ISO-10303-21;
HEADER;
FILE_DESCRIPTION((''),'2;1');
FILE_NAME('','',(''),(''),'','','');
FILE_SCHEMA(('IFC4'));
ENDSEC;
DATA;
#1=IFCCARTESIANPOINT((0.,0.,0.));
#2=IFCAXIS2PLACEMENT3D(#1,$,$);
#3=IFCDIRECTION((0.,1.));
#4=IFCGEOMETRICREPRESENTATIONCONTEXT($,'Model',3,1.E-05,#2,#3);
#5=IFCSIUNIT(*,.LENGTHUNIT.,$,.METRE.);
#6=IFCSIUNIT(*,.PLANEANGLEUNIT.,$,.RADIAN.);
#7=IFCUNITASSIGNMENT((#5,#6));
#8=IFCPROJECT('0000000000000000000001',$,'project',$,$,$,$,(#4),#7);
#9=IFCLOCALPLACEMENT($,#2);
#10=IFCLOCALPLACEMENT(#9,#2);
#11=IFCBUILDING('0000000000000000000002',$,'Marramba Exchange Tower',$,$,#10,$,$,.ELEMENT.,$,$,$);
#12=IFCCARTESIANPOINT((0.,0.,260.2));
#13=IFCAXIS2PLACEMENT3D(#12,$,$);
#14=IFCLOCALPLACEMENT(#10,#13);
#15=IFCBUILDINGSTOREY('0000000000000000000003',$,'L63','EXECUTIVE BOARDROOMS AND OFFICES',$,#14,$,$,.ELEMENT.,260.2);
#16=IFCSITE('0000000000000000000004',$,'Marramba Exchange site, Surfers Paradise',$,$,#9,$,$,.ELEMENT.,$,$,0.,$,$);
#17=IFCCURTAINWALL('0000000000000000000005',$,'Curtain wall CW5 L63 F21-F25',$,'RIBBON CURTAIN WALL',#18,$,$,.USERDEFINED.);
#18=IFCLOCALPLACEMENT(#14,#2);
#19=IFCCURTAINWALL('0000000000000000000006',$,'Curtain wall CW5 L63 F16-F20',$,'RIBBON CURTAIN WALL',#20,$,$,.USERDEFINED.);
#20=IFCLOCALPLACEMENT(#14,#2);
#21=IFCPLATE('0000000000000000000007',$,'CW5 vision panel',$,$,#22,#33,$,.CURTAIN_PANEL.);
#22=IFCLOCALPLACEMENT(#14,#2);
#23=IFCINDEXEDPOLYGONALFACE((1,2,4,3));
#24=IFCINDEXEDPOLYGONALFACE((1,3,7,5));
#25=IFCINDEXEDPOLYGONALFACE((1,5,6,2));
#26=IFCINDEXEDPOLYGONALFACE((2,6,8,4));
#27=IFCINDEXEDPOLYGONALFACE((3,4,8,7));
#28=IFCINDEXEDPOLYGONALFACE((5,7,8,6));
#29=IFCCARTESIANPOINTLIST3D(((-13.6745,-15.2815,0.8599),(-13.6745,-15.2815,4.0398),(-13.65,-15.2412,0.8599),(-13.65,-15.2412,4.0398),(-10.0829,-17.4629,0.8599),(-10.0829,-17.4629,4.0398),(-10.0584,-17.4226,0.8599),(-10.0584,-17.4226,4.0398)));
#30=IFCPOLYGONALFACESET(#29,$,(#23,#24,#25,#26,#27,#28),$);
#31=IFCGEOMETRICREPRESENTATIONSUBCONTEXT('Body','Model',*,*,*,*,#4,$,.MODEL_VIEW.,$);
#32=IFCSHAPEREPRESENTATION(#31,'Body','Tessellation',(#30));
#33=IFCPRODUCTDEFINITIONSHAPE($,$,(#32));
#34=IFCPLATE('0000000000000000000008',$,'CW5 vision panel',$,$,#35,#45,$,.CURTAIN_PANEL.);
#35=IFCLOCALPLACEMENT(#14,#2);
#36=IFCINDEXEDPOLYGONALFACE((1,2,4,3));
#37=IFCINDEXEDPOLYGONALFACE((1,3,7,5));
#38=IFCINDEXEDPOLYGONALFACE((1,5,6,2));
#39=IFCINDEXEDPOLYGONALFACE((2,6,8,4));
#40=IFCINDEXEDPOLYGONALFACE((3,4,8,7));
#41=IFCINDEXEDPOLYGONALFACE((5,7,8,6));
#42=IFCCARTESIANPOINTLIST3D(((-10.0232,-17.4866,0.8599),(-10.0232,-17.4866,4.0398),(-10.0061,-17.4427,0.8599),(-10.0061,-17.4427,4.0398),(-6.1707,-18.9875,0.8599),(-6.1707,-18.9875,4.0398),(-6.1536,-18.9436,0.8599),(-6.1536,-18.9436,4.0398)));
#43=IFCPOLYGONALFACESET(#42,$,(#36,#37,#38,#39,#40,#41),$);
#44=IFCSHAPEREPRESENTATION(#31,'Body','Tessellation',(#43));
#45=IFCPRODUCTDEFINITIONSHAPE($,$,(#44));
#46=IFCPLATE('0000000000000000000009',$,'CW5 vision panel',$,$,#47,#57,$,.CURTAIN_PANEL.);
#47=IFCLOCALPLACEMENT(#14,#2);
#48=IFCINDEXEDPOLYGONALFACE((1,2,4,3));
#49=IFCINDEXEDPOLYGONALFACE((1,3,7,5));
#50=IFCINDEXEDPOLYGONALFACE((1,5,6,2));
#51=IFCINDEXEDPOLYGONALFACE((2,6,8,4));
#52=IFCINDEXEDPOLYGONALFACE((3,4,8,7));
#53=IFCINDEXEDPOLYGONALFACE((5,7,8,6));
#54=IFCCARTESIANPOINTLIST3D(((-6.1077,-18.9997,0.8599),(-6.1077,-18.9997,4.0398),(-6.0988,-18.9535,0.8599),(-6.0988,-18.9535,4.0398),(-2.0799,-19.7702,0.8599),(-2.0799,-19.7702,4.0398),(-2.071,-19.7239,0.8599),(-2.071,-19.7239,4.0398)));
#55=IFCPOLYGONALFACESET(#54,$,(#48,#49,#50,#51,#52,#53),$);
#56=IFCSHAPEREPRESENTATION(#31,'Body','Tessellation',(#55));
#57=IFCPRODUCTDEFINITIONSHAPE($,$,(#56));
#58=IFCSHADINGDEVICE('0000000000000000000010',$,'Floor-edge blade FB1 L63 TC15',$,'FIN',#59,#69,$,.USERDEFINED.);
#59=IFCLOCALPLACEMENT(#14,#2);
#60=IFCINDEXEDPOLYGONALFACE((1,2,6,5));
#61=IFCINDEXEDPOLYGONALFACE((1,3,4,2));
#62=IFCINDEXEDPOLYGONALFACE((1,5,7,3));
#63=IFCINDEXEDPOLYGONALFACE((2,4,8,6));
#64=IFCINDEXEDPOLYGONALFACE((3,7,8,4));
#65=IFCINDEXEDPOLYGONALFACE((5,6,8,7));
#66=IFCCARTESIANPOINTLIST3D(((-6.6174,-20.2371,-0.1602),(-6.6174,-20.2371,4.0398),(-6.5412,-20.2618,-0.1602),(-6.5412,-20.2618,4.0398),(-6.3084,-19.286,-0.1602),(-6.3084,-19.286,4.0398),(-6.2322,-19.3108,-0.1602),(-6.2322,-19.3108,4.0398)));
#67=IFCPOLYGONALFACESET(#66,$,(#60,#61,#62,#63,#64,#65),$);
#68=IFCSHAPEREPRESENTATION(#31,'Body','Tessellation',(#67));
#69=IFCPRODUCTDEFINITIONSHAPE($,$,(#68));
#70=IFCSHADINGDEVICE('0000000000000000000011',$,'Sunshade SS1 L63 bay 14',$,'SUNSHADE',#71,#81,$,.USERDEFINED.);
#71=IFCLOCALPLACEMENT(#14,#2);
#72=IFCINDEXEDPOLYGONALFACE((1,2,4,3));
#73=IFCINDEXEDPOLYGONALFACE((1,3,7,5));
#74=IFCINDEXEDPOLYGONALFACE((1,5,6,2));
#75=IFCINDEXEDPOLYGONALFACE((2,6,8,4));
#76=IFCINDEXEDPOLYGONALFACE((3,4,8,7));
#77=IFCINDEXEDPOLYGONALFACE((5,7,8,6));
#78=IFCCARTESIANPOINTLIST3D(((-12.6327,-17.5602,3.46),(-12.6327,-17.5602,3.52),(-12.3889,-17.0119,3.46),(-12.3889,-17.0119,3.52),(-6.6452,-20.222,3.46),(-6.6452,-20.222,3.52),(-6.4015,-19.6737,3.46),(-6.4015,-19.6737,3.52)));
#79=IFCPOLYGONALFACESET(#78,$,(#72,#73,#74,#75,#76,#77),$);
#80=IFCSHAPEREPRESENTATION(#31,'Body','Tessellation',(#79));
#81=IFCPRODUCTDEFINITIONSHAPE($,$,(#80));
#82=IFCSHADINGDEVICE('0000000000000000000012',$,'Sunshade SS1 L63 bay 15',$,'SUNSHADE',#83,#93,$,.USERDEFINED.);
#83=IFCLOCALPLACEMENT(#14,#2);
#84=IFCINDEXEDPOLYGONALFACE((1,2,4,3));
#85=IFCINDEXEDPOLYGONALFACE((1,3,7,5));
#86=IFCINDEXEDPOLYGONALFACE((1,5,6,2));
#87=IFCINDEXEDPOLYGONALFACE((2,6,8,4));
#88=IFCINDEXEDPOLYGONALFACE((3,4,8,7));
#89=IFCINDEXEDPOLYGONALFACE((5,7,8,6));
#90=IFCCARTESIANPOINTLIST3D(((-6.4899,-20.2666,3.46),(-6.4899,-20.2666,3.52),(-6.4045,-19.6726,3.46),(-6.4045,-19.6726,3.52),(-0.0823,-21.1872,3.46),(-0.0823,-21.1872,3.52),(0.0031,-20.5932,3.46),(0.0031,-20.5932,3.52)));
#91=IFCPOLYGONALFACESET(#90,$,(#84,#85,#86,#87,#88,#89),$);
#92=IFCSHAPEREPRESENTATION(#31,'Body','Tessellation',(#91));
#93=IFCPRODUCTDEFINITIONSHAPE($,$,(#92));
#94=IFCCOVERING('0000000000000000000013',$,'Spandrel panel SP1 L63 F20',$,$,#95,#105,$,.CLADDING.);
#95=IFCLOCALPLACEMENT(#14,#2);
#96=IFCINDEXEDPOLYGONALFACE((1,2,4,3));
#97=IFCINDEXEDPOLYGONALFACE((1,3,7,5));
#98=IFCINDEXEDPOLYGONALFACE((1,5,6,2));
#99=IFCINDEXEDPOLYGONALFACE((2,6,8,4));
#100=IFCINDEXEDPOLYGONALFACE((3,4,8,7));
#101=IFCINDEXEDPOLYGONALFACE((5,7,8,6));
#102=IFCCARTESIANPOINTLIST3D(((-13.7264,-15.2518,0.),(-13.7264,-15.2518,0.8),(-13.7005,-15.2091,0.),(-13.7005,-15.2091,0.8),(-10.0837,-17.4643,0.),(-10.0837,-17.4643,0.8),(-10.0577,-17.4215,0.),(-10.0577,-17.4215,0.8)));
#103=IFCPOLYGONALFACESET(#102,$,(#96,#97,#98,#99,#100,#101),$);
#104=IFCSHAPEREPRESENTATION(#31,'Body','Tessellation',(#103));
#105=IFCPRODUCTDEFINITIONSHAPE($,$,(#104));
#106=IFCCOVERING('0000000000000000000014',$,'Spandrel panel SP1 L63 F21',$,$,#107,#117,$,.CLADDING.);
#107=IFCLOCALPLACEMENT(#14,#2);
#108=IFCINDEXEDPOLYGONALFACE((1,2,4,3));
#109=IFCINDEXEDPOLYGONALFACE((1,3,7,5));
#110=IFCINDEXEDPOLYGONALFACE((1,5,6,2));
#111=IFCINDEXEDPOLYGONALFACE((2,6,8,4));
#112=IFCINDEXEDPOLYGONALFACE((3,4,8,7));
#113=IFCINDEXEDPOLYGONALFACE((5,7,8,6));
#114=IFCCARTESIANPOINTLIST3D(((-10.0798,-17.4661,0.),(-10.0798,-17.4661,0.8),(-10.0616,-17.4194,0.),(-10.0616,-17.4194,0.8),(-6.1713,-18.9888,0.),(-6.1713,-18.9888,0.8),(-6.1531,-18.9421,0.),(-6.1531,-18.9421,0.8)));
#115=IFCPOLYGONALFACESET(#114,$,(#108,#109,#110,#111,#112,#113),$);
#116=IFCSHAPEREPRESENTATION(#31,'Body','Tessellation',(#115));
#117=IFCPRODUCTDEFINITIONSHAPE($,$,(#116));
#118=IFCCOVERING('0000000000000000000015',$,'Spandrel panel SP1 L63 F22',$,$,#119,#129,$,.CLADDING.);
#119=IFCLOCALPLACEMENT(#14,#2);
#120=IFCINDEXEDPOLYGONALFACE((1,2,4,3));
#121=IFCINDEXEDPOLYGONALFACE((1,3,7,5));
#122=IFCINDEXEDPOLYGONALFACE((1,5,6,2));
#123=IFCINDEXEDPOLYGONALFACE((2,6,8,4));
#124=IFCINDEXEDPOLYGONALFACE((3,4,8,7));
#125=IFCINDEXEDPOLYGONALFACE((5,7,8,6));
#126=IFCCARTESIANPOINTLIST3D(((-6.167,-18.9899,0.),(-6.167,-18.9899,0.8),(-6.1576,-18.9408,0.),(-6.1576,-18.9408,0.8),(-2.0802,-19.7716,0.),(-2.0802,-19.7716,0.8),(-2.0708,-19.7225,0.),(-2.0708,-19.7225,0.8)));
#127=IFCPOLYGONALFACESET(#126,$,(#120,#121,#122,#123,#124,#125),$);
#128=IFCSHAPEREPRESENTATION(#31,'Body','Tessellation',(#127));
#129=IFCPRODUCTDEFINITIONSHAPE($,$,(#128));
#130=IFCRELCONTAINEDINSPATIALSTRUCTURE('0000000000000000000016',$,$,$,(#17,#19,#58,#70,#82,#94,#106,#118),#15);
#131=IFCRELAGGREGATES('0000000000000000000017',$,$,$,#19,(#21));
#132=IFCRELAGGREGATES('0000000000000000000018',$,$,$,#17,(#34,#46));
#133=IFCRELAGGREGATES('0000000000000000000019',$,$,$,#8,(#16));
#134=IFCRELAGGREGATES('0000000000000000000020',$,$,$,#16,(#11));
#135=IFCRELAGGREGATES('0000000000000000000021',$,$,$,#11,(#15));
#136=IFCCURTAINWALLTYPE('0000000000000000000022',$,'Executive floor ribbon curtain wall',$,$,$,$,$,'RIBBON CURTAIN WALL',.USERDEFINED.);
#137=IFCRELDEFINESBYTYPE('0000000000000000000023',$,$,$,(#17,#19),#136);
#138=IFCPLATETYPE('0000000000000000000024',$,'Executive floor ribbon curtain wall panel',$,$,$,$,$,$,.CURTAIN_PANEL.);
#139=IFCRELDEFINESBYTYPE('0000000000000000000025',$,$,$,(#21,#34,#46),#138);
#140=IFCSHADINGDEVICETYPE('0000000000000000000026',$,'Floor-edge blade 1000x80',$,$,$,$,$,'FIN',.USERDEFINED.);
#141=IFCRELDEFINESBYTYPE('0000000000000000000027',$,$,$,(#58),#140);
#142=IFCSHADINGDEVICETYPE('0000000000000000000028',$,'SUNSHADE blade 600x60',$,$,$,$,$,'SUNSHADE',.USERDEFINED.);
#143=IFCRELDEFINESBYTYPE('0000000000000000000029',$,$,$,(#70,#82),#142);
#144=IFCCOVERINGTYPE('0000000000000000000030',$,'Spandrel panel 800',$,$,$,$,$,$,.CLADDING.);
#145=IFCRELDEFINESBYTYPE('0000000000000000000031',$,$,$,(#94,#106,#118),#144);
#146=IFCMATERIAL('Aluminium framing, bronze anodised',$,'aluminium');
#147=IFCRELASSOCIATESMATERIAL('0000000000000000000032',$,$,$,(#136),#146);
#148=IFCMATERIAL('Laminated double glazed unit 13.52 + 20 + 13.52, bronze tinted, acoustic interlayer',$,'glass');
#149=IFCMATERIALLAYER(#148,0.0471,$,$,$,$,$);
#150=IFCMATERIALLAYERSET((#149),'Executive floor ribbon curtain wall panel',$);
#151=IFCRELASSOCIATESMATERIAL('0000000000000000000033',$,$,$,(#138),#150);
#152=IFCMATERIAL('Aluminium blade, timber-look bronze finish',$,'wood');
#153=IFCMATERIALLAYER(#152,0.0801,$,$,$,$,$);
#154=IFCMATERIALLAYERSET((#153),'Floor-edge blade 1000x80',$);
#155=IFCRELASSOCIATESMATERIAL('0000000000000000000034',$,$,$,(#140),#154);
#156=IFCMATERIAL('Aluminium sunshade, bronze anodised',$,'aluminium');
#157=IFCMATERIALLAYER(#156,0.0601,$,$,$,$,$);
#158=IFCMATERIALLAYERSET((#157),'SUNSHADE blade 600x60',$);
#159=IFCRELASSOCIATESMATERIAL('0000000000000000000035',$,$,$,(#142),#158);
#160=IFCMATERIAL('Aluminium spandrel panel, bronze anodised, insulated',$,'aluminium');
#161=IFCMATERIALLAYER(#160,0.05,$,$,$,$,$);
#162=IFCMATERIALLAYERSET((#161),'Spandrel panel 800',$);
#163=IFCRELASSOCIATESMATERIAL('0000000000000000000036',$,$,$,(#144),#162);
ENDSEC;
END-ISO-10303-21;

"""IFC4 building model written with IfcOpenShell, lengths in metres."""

from ifc_helpers import new_model, si_unit, direction, frame, origin, origin_2d, place, context, subcontext, project, spatial, rectangle, extrude, material, layer, layer_set, type_object, element, aggregate, save


model = new_model("IFC4")

# Units and contexts
model_context = context("Model", 3, precision=1e-05, world=origin(), true_north=direction((0.0, 1.0)))
body_context = subcontext(model_context, "Body", "Model", "MODEL_VIEW")
ifc_project = project(units=[si_unit("LENGTHUNIT", "METRE"), si_unit("PLANEANGLEUNIT", "RADIAN")], contexts=[model_context])

# Site, building, storey
site_placement = place(None, origin())
site = spatial("IfcSite", under=ifc_project, at=site_placement, Name="Marramba Exchange site, Surfers Paradise", CompositionType="ELEMENT", RefElevation=0.0)
building_placement = place(site_placement, origin())
building = spatial("IfcBuilding", under=site, at=building_placement, Name="Marramba Exchange Tower", CompositionType="ELEMENT")
storey_placement = place(building_placement, frame((0.0, 0.0, 260.2)))
storey = spatial("IfcBuildingStorey", under=building, at=storey_placement, Name="L63", Description="EXECUTIVE BOARDROOMS AND OFFICES", CompositionType="ELEMENT", Elevation=260.2)

# Curtain wall
ifc_material_1 = material(Name="Aluminium framing, bronze anodised", Category="aluminium")
curtain_wall_type = type_object("IfcCurtainWallType", Name="Executive floor ribbon curtain wall", ElementType="RIBBON CURTAIN WALL", PredefinedType="USERDEFINED", material=ifc_material_1)
curtain_wall_1_placement = place(storey_placement, origin())
curtain_wall_1 = element("IfcCurtainWall", 1, at=curtain_wall_1_placement, inside=storey, type_object=curtain_wall_type, Name="Curtain wall CW5 L63 F21-F25", ObjectType="RIBBON CURTAIN WALL", PredefinedType="USERDEFINED")

# Curtain wall, plate
curtain_wall_2_placement = place(storey_placement, origin())
curtain_wall_2 = element("IfcCurtainWall", 2, at=curtain_wall_2_placement, inside=storey, type_object=curtain_wall_type, Name="Curtain wall CW5 L63 F16-F20", ObjectType="RIBBON CURTAIN WALL", PredefinedType="USERDEFINED")
ifc_material_2 = material(Name="Laminated double glazed unit 13.52 + 20 + 13.52, bronze tinted, acoustic interlayer", Category="glass")
ifc_layer_1 = layer(ifc_material_2, 0.0471)
ifc_layer_set_1 = layer_set([ifc_layer_1], Name="Executive floor ribbon curtain wall panel")
plate_type = type_object("IfcPlateType", Name="Executive floor ribbon curtain wall panel", PredefinedType="CURTAIN_PANEL", material=ifc_layer_set_1)
plate_1_placement = place(storey_placement, frame((-11.8665, -16.3521, 0.8599), z_axis=(0.0, 0.0, 1.0), x_axis=(0.854704, -0.519115, 0.0)))
plate_1 = element("IfcPlate", 3, at=plate_1_placement, type_object=plate_type, Name="CW5 vision panel", PredefinedType="CURTAIN_PANEL", context=body_context, shape_type="SweptSolid", body=[
    extrude(rectangle(XDim=4.2021, YDim=0.0471, at=origin_2d()), origin(), (0.0, 0.0, 1.0), 3.1799),
])
aggregate(curtain_wall_2, [plate_1])

# Plates
plate_2_placement = place(storey_placement, frame((-8.0884, -18.2151, 0.8599), z_axis=(0.0, 0.0, 1.0), x_axis=(0.931785, -0.36301, 0.0)))
plate_2 = element("IfcPlate", 4, at=plate_2_placement, type_object=plate_type, Name="CW5 vision panel", PredefinedType="CURTAIN_PANEL", context=body_context, shape_type="SweptSolid", body=[
    extrude(rectangle(XDim=4.1345, YDim=0.0471, at=origin_2d()), origin(), (0.0, 0.0, 1.0), 3.1799),
])
plate_3_placement = place(storey_placement, frame((-4.0894, -19.3618, 0.8599), z_axis=(0.0, 0.0, 1.0), x_axis=(0.982193, -0.187873, 0.0)))
plate_3 = element("IfcPlate", 5, at=plate_3_placement, type_object=plate_type, Name="CW5 vision panel", PredefinedType="CURTAIN_PANEL", context=body_context, shape_type="SweptSolid", body=[
    extrude(rectangle(XDim=4.1008, YDim=0.0471, at=origin_2d()), origin(), (0.0, 0.0, 1.0), 3.1799),
])
aggregate(curtain_wall_1, [plate_2, plate_3])

# Shading devices
ifc_material_3 = material(Name="Aluminium blade, timber-look bronze finish", Category="wood")
ifc_layer_2 = layer(ifc_material_3, 0.0801)
ifc_layer_set_2 = layer_set([ifc_layer_2], Name="Floor-edge blade 1000x80")
shading_device_type_1 = type_object("IfcShadingDeviceType", Name="Floor-edge blade 1000x80", ElementType="FIN", PredefinedType="USERDEFINED", material=ifc_layer_set_2)
shading_device_1_placement = place(storey_placement, frame((-6.4248, -19.7739, -0.1602), z_axis=(0.0, 0.0, 1.0), x_axis=(-0.309017, -0.951057, 0.0)))
element("IfcShadingDevice", 6, at=shading_device_1_placement, inside=storey, type_object=shading_device_type_1, Name="Floor-edge blade FB1 L63 TC15", ObjectType="FIN", PredefinedType="USERDEFINED", context=body_context, shape_type="SweptSolid", body=[
    extrude(rectangle(XDim=1.0, YDim=0.0801, at=origin_2d()), origin(), (0.0, 0.0, 1.0), 4.2),
])
ifc_material_4 = material(Name="Aluminium sunshade, bronze anodised", Category="aluminium")
ifc_layer_3 = layer(ifc_material_4, 0.0601)
ifc_layer_set_3 = layer_set([ifc_layer_3], Name="SUNSHADE blade 600x60")
shading_device_type_2 = type_object("IfcShadingDeviceType", Name="SUNSHADE blade 600x60", ElementType="SUNSHADE", PredefinedType="USERDEFINED", material=ifc_layer_set_3)
shading_device_2_placement = place(storey_placement, frame((-9.5171, -18.6169, 3.46), z_axis=(0.0, 0.0, 1.0), x_axis=(0.913771, -0.406229, 0.0)))
element("IfcShadingDevice", 7, at=shading_device_2_placement, inside=storey, type_object=shading_device_type_2, Name="Sunshade SS1 L63 bay 14", ObjectType="SUNSHADE", PredefinedType="USERDEFINED", context=body_context, shape_type="SweptSolid", body=[
    extrude(rectangle(XDim=6.5525, YDim=0.6001, at=origin_2d()), origin(), (0.0, 0.0, 1.0), 0.0601),
])
shading_device_3_placement = place(storey_placement, frame((-3.2434, -20.4299, 3.46), z_axis=(0.0, 0.0, 1.0), x_axis=(0.989837, -0.14221, 0.0)))
element("IfcShadingDevice", 8, at=shading_device_3_placement, inside=storey, type_object=shading_device_type_2, Name="Sunshade SS1 L63 bay 15", ObjectType="SUNSHADE", PredefinedType="USERDEFINED", context=body_context, shape_type="SweptSolid", body=[
    extrude(rectangle(XDim=6.4734, YDim=0.6001, at=origin_2d()), origin(), (0.0, 0.0, 1.0), 0.0601),
])

# Coverings
ifc_material_5 = material(Name="Aluminium spandrel panel, bronze anodised, insulated", Category="aluminium")
ifc_layer_4 = layer(ifc_material_5, 0.05)
ifc_layer_set_4 = layer_set([ifc_layer_4], Name="Spandrel panel 800")
covering_type = type_object("IfcCoveringType", Name="Spandrel panel 800", PredefinedType="CLADDING", material=ifc_layer_set_4)
covering_1_placement = place(storey_placement, frame((-11.8921, -16.3367, 0.0), z_axis=(0.0, 0.0, 1.0), x_axis=(0.854704, -0.519115, 0.0)))
element("IfcCovering", 9, at=covering_1_placement, inside=storey, type_object=covering_type, Name="Spandrel panel SP1 L63 F20", PredefinedType="CLADDING", context=body_context, shape_type="SweptSolid", body=[
    extrude(rectangle(XDim=4.262, YDim=0.05, at=origin_2d()), origin(), (0.0, 0.0, 1.0), 0.8),
])
covering_2_placement = place(storey_placement, frame((-8.1165, -18.2041, 0.0), z_axis=(0.0, 0.0, 1.0), x_axis=(0.931785, -0.36301, 0.0)))
element("IfcCovering", 10, at=covering_2_placement, inside=storey, type_object=covering_type, Name="Spandrel panel SP1 L63 F21", PredefinedType="CLADDING", context=body_context, shape_type="SweptSolid", body=[
    extrude(rectangle(XDim=4.1946, YDim=0.05, at=origin_2d()), origin(), (0.0, 0.0, 1.0), 0.8),
])
covering_3_placement = place(storey_placement, frame((-4.1189, -19.3562, 0.0), z_axis=(0.0, 0.0, 1.0), x_axis=(0.982193, -0.187873, 0.0)))
element("IfcCovering", 11, at=covering_3_placement, inside=storey, type_object=covering_type, Name="Spandrel panel SP1 L63 F22", PredefinedType="CLADDING", context=body_context, shape_type="SweptSolid", body=[
    extrude(rectangle(XDim=4.1609, YDim=0.05, at=origin_2d()), origin(), (0.0, 0.0, 1.0), 0.8),
])

save(model, "model.ifc")
